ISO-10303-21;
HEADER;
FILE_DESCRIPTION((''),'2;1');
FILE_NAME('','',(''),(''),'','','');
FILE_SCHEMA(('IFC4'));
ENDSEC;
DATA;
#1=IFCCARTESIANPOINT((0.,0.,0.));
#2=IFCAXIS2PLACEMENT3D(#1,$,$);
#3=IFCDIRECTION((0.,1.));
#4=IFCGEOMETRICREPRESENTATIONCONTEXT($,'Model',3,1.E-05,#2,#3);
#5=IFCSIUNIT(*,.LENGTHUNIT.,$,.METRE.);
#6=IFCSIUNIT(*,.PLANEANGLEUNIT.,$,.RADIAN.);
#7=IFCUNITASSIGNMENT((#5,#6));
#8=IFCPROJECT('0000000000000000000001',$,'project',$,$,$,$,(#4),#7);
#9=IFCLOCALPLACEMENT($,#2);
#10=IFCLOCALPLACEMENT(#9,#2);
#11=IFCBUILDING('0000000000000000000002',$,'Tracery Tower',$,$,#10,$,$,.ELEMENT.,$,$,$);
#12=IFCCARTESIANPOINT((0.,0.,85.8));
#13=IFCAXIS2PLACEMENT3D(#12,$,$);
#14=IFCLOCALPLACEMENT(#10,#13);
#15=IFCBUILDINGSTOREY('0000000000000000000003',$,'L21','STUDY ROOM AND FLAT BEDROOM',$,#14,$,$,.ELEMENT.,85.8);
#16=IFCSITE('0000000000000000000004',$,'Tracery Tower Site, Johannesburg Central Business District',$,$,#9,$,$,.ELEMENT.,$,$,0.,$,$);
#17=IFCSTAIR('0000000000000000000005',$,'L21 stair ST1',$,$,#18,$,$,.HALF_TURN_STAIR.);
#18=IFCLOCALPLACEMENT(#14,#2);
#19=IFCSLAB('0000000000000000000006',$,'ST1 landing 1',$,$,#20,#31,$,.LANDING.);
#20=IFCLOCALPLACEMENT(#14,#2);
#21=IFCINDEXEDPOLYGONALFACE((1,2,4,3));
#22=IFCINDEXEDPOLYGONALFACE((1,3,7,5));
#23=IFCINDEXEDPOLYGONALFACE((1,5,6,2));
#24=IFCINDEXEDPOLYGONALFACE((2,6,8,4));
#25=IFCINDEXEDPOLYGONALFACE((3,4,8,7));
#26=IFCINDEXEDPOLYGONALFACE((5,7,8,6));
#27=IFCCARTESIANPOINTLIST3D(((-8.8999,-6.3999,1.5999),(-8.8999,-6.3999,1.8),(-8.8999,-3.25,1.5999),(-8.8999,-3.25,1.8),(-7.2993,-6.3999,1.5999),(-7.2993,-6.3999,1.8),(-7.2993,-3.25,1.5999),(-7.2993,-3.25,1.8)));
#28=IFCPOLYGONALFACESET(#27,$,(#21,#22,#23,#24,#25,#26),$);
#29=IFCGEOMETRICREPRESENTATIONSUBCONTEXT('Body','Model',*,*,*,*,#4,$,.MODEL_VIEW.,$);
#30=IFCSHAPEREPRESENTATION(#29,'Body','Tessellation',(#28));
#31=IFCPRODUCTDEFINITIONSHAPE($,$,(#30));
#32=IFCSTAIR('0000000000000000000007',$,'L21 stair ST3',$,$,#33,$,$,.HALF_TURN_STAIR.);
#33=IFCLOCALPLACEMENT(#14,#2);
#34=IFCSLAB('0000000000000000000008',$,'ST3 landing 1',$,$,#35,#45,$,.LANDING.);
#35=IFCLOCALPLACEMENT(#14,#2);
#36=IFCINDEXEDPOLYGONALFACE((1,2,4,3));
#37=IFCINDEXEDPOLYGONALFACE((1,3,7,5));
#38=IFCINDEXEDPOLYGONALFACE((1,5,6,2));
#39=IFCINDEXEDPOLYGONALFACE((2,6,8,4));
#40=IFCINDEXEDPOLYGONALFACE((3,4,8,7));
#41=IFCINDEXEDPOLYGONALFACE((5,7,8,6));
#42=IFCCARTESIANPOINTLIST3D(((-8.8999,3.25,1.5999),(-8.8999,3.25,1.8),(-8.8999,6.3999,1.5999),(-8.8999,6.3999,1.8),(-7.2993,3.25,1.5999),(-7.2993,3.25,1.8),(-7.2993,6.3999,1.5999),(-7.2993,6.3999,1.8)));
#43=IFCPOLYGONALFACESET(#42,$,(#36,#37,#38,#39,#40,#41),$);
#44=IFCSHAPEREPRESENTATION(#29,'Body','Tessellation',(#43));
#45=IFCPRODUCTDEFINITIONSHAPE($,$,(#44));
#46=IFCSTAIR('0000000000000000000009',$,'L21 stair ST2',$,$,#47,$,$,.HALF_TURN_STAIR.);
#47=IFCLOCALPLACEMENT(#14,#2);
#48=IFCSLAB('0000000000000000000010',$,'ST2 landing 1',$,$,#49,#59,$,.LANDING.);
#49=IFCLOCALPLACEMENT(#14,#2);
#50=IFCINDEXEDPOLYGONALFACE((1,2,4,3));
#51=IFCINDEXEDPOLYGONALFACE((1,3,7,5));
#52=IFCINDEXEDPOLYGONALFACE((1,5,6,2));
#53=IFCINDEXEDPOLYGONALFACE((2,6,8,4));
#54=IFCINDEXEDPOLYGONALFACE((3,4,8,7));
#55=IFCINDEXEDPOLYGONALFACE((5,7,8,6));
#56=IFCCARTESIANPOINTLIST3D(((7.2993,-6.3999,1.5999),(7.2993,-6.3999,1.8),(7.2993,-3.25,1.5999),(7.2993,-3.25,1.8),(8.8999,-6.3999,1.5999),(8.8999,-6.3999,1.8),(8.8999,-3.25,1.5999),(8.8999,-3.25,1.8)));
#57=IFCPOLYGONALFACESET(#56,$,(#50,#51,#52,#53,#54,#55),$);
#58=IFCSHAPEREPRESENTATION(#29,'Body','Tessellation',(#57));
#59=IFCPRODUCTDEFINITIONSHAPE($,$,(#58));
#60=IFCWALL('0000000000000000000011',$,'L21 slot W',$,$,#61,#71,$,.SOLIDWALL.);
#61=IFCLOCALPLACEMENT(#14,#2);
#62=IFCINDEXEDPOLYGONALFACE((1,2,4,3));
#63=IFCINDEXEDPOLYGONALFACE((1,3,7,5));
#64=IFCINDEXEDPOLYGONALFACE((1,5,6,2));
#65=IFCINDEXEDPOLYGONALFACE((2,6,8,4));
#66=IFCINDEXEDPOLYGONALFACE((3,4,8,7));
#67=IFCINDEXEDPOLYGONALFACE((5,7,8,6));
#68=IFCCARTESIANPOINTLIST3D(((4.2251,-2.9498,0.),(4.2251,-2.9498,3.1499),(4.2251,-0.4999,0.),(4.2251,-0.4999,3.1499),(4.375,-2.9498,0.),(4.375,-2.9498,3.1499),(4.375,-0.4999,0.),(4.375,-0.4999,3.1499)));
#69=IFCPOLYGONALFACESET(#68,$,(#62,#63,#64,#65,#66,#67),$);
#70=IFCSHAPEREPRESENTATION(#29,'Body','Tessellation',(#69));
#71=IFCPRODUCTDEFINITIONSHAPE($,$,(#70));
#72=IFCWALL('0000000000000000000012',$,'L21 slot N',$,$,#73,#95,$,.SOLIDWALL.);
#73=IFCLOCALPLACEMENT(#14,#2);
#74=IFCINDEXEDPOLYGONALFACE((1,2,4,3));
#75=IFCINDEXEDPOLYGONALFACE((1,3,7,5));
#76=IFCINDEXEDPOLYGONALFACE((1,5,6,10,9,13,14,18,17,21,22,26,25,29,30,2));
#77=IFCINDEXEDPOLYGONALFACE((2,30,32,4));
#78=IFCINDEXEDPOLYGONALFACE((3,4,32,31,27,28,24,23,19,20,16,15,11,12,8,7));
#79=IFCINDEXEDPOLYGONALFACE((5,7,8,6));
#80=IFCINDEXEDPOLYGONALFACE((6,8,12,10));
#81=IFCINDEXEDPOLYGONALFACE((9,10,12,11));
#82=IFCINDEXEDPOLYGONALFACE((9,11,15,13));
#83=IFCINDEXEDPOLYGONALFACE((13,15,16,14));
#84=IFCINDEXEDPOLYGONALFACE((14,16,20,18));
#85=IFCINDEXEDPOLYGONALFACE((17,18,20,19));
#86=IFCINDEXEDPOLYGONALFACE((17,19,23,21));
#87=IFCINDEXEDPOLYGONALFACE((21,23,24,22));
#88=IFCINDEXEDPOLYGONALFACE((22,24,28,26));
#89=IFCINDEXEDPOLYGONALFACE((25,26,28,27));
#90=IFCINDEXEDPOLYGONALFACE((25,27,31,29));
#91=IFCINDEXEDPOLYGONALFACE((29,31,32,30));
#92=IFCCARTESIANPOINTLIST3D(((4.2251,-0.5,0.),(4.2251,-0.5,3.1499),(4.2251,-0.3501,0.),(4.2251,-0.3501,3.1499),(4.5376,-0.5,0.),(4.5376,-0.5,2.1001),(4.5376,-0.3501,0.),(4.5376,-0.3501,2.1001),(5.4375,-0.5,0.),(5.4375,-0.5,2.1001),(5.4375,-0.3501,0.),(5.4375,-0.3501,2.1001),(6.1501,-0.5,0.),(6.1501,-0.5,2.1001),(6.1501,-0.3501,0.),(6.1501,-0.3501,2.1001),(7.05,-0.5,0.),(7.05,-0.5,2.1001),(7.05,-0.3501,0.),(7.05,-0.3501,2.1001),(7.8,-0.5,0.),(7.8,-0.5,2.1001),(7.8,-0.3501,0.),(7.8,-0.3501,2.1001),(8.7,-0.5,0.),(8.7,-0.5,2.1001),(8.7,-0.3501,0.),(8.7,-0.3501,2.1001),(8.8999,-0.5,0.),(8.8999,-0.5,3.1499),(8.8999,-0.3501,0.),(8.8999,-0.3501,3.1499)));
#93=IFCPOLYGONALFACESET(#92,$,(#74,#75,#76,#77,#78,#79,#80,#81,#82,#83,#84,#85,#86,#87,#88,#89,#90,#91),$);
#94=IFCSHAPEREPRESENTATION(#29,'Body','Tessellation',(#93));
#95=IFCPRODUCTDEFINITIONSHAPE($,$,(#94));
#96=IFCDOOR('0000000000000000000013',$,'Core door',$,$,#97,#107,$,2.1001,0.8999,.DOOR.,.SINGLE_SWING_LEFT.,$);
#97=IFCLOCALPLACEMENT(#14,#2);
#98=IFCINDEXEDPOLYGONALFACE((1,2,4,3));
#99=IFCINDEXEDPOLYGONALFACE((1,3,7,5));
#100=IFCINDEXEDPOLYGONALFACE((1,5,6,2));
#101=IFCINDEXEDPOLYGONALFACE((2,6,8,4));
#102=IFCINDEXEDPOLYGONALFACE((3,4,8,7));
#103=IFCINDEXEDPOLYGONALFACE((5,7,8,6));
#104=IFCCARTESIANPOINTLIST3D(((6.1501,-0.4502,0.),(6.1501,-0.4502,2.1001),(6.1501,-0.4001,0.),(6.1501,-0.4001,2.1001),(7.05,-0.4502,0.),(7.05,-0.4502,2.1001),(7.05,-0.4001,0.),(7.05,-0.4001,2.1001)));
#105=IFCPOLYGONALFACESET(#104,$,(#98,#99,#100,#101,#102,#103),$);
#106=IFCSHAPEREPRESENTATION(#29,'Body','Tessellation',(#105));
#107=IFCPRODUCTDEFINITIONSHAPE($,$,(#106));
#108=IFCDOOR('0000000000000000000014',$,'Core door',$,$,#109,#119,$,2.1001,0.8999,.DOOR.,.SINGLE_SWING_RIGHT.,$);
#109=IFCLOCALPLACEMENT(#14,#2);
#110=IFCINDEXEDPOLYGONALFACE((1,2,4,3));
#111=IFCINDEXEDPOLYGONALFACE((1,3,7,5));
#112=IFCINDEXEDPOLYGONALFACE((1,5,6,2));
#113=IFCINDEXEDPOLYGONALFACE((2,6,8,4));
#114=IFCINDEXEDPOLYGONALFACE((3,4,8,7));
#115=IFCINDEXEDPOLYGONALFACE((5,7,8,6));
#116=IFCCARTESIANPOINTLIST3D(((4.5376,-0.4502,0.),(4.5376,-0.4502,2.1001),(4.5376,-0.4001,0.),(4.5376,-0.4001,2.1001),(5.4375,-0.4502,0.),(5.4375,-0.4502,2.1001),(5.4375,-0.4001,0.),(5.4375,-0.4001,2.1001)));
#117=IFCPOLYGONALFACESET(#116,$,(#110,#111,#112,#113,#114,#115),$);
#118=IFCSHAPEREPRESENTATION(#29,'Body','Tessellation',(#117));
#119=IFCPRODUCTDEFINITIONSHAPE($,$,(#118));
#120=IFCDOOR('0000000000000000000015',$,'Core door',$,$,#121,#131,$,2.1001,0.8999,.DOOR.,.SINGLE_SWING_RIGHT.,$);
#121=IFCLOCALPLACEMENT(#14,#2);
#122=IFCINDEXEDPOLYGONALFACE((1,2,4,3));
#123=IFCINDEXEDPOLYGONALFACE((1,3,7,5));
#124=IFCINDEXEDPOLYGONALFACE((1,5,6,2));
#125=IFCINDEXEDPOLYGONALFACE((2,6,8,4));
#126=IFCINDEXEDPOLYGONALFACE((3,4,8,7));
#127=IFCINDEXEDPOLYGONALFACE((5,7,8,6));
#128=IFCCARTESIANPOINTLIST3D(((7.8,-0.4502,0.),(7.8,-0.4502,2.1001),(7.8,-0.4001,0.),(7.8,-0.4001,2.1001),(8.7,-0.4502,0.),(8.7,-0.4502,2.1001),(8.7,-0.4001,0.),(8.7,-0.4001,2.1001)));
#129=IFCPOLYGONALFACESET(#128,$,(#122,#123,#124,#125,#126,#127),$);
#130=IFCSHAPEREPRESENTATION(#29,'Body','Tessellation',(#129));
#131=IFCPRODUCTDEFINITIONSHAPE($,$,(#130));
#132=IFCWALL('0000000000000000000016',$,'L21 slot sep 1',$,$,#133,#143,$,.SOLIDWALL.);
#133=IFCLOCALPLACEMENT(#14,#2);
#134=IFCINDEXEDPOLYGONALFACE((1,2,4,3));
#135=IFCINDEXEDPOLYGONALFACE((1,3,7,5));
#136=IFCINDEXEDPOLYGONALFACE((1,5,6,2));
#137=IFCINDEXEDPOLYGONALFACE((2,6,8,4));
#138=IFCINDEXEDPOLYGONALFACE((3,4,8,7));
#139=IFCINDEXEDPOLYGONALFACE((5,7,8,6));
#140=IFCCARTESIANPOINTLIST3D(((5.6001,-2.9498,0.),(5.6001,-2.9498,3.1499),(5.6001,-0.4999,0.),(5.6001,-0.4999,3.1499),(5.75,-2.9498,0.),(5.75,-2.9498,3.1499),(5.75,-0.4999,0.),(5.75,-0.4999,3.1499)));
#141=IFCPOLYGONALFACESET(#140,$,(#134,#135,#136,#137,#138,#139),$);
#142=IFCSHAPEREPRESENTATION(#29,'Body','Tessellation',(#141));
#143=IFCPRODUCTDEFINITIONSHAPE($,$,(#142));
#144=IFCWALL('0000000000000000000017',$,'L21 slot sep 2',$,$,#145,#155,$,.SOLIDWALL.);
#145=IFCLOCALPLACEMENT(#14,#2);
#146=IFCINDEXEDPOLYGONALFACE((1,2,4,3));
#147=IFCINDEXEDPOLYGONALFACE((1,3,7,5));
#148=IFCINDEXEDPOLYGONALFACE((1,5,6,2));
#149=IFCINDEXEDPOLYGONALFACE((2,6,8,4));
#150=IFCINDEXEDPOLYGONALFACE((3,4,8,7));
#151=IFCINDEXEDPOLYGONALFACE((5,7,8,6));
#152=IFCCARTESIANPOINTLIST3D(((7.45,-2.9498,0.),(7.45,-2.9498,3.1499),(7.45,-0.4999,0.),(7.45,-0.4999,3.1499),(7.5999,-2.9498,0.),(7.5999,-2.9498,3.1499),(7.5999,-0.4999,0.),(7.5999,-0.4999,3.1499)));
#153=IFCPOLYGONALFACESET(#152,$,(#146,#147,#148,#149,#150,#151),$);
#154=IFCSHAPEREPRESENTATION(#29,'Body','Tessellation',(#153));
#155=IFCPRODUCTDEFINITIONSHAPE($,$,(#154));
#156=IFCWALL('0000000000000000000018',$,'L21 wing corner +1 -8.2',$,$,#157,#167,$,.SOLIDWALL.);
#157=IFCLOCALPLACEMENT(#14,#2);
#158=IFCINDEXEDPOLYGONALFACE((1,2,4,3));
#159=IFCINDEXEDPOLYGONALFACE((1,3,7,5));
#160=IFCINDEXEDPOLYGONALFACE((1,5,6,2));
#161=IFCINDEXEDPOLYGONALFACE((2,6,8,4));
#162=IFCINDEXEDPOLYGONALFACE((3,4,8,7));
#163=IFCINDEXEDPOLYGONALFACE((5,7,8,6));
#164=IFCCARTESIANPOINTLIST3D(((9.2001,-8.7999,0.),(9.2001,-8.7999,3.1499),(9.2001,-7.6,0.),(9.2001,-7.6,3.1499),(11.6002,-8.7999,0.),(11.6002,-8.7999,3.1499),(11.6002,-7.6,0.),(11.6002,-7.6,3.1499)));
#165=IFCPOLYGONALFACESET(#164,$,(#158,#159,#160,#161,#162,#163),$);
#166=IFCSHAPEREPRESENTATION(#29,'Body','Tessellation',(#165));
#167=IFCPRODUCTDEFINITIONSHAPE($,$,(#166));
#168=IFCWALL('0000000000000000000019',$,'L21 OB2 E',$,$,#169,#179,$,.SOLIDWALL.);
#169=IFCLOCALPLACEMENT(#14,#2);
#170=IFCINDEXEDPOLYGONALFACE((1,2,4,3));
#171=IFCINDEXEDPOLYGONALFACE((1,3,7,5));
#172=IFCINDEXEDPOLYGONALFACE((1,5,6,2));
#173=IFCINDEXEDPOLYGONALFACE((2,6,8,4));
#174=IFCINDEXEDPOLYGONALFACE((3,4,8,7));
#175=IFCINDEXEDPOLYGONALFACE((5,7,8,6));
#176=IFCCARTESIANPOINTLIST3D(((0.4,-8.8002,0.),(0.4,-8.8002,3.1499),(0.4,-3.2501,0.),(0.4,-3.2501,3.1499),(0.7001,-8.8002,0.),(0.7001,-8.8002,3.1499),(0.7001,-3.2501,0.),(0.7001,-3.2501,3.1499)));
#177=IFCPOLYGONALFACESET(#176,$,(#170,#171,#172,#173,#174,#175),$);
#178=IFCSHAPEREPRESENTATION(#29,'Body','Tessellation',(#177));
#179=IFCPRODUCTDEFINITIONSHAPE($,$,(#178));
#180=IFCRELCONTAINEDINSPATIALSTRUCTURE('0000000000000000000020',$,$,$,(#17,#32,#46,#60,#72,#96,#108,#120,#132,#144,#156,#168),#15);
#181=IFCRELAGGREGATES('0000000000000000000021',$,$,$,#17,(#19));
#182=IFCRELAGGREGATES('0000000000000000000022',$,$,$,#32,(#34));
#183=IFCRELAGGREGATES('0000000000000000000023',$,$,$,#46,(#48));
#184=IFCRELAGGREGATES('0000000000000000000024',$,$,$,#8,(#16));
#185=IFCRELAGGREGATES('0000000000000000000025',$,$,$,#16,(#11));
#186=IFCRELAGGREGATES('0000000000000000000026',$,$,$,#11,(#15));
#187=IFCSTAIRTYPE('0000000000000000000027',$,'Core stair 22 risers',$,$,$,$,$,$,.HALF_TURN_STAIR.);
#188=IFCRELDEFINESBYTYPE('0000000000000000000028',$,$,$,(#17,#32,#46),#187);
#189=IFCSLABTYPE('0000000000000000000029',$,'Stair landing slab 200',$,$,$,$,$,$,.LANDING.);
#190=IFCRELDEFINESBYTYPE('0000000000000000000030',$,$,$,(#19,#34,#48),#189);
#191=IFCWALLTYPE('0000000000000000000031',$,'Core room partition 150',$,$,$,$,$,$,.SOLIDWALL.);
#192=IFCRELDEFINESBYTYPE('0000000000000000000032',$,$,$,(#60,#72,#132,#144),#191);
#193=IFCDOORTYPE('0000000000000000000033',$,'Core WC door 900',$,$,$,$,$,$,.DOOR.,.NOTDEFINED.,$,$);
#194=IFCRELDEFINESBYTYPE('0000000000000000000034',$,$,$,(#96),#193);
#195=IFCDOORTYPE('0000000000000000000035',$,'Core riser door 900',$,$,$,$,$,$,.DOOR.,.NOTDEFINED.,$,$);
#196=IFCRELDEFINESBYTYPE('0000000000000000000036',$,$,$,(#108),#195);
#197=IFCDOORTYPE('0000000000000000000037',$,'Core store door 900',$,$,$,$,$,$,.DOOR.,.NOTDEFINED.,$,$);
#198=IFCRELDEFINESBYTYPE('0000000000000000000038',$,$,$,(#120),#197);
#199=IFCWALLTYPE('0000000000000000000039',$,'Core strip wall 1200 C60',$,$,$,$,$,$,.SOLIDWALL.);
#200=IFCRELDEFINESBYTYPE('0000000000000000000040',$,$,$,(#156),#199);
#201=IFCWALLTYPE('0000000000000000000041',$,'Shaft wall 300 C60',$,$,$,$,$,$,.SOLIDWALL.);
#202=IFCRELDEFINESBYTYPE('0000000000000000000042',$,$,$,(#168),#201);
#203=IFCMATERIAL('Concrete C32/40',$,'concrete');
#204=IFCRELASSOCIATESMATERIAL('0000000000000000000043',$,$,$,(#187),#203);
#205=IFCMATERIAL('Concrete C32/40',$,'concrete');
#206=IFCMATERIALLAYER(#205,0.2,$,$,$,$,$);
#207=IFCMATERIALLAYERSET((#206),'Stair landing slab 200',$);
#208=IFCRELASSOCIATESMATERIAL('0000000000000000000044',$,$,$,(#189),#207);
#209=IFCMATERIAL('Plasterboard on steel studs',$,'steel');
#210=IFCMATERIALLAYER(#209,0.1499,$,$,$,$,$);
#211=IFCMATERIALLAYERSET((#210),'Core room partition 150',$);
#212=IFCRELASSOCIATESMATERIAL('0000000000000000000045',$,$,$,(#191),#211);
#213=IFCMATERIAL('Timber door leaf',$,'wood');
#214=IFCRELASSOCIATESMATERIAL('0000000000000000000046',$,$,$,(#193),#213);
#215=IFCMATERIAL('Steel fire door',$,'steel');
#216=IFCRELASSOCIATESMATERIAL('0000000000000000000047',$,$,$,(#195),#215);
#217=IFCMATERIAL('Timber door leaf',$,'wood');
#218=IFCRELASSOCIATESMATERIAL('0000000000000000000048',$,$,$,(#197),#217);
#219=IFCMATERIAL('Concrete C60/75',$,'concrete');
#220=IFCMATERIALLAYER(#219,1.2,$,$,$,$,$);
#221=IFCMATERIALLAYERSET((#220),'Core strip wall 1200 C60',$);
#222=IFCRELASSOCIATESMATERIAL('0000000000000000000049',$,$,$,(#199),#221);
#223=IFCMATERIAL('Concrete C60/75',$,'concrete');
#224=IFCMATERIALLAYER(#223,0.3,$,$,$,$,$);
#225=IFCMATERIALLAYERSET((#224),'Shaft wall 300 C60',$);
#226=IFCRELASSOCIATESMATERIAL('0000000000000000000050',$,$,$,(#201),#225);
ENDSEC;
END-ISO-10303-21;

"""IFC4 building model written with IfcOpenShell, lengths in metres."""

from ifc_helpers import new_model, si_unit, direction, frame, frame_2d, origin, place, context, subcontext, project, spatial, polyline, rectangle, outline, extrude, material, layer, layer_set, type_object, element, fill, aggregate, save


model = new_model("IFC4")

# Units and contexts
model_context = context("Model", 3, precision=1e-05, world=origin(), true_north=direction((0.0, 1.0)))
body_context = subcontext(model_context, "Body", "Model", "MODEL_VIEW")
ifc_project = project(units=[si_unit("LENGTHUNIT", "METRE"), si_unit("PLANEANGLEUNIT", "RADIAN")], contexts=[model_context])

# Site, building, storey
site_placement = place(None, origin())
site = spatial("IfcSite", under=ifc_project, at=site_placement, Name="Tracery Tower Site, Johannesburg Central Business District", CompositionType="ELEMENT", RefElevation=0.0)
building_placement = place(site_placement, origin())
building = spatial("IfcBuilding", under=site, at=building_placement, Name="Tracery Tower", CompositionType="ELEMENT")
storey_placement = place(building_placement, frame((0.0, 0.0, 85.8)))
storey = spatial("IfcBuildingStorey", under=building, at=storey_placement, Name="L21", Description="STUDY ROOM AND FLAT BEDROOM", CompositionType="ELEMENT", Elevation=85.8)

# Stairs, slabs
ifc_material_1 = material(Name="Concrete C32/40", Category="concrete")
stair_type = type_object("IfcStairType", Name="Core stair 22 risers", PredefinedType="HALF_TURN_STAIR", material=ifc_material_1)
stair_1_placement = place(storey_placement, origin())
stair_1 = element("IfcStair", 1, at=stair_1_placement, inside=storey, type_object=stair_type, Name="L21 stair ST1", PredefinedType="HALF_TURN_STAIR")
ifc_material_2 = material(Name="Concrete C32/40", Category="concrete")
ifc_layer_1 = layer(ifc_material_2, 0.2)
ifc_layer_set_1 = layer_set([ifc_layer_1], Name="Stair landing slab 200")
slab_type_1 = type_object("IfcSlabType", Name="Stair landing slab 200", PredefinedType="LANDING", material=ifc_layer_set_1)
slab_1_placement = place(storey_placement, frame((0.0, 0.0, 1.5999)))
slab_1 = element("IfcSlab", 2, at=slab_1_placement, type_object=slab_type_1, Name="ST1 landing 1", PredefinedType="LANDING", context=body_context, shape_type="SweptSolid", body=[
    extrude(outline(polyline([(-7.2993, -3.25), (-8.8999, -3.25), (-8.8999, -6.3999), (-7.2993, -6.3999), (-7.2993, -3.25)])), origin(), (0.0, 0.0, 1.0), 0.2002),
])
aggregate(stair_1, [slab_1])
stair_2_placement = place(storey_placement, origin())
stair_2 = element("IfcStair", 3, at=stair_2_placement, inside=storey, type_object=stair_type, Name="L21 stair ST3", PredefinedType="HALF_TURN_STAIR")
slab_2_placement = place(storey_placement, frame((0.0, 0.0, 1.5999)))
slab_2 = element("IfcSlab", 4, at=slab_2_placement, type_object=slab_type_1, Name="ST3 landing 1", PredefinedType="LANDING", context=body_context, shape_type="SweptSolid", body=[
    extrude(outline(polyline([(-7.2993, 6.3999), (-8.8999, 6.3999), (-8.8999, 3.25), (-7.2993, 3.25), (-7.2993, 6.3999)])), origin(), (0.0, 0.0, 1.0), 0.2002),
])
aggregate(stair_2, [slab_2])
stair_3_placement = place(storey_placement, origin())
stair_3 = element("IfcStair", 5, at=stair_3_placement, inside=storey, type_object=stair_type, Name="L21 stair ST2", PredefinedType="HALF_TURN_STAIR")
slab_3_placement = place(storey_placement, frame((0.0, 0.0, 1.5999)))
slab_3 = element("IfcSlab", 6, at=slab_3_placement, type_object=slab_type_1, Name="ST2 landing 1", PredefinedType="LANDING", context=body_context, shape_type="SweptSolid", body=[
    extrude(outline(polyline([(7.2993, -6.3999), (8.8999, -6.3999), (8.8999, -3.25), (7.2993, -3.25), (7.2993, -6.3999)])), origin(), (0.0, 0.0, 1.0), 0.2002),
])

# Wall
ifc_material_3 = material(Name="Plasterboard on steel studs", Category="steel")
ifc_layer_2 = layer(ifc_material_3, 0.1499)
ifc_layer_set_2 = layer_set([ifc_layer_2], Name="Core room partition 150")
wall_type_1 = type_object("IfcWallType", Name="Core room partition 150", PredefinedType="SOLIDWALL", material=ifc_layer_set_2)
wall_1_placement = place(storey_placement, frame((4.3, -2.95, 0.0), z_axis=(0.0, 0.0, 1.0), x_axis=(0.0, 1.0, 0.0)))
element("IfcWall", 7, at=wall_1_placement, inside=storey, type_object=wall_type_1, Name="L21 slot W", PredefinedType="SOLIDWALL", context=body_context, shape_type="SweptSolid", body=[
    extrude(rectangle(XDim=2.45, YDim=0.1499, at=frame_2d((1.2251, 0.0))), origin(), (0.0, 0.0, 1.0), 3.1499),
])

# Wall, openings, doors
wall_2_placement = place(storey_placement, frame((4.2251, -0.425, 0.0), z_axis=(0.0, 0.0, 1.0), x_axis=(1.0, 0.0, 0.0)))
wall_2 = element("IfcWall", 8, at=wall_2_placement, inside=storey, type_object=wall_type_1, Name="L21 slot N", PredefinedType="SOLIDWALL", context=body_context, shape_type="SweptSolid", body=[
    extrude(rectangle(XDim=4.6748, YDim=0.1499, at=frame_2d((2.3374, 0.0))), origin(), (0.0, 0.0, 1.0), 3.1499),
])
opening_1_placement = place(wall_2_placement, frame((0.3125, 0.0, 0.0)))
opening_1 = element("IfcOpeningElement", 9, at=opening_1_placement, cuts=wall_2, PredefinedType="OPENING", context=body_context, shape_type="SweptSolid", body=[
    extrude(rectangle(XDim=0.8999, YDim=2.1001, at=frame_2d((0.45, 1.05))), frame((0.0, 0.075, 0.0), z_axis=(0.0, -1.0, 0.0), x_axis=(1.0, 0.0, 0.0)), (0.0, 0.0, 1.0), 0.1499),
])
opening_2_placement = place(wall_2_placement, frame((1.925, 0.0, 0.0)))
opening_2 = element("IfcOpeningElement", 10, at=opening_2_placement, cuts=wall_2, PredefinedType="OPENING", context=body_context, shape_type="SweptSolid", body=[
    extrude(rectangle(XDim=0.8999, YDim=2.1001, at=frame_2d((0.45, 1.05))), frame((0.0, 0.075, 0.0), z_axis=(0.0, -1.0, 0.0), x_axis=(1.0, 0.0, 0.0)), (0.0, 0.0, 1.0), 0.1499),
])
opening_3_placement = place(wall_2_placement, frame((3.575, 0.0, 0.0)))
opening_3 = element("IfcOpeningElement", 11, at=opening_3_placement, cuts=wall_2, PredefinedType="OPENING", context=body_context, shape_type="SweptSolid", body=[
    extrude(rectangle(XDim=0.8999, YDim=2.1001, at=frame_2d((0.45, 1.05))), frame((0.0, 0.075, 0.0), z_axis=(0.0, -1.0, 0.0), x_axis=(1.0, 0.0, 0.0)), (0.0, 0.0, 1.0), 0.1499),
])
ifc_material_4 = material(Name="Timber door leaf", Category="wood")
door_type_1 = type_object("IfcDoorType", Name="Core WC door 900", OperationType="NOTDEFINED", PredefinedType="DOOR", material=ifc_material_4)
door_1_placement = place(opening_2_placement, origin())
door_1 = element("IfcDoor", 12, at=door_1_placement, inside=storey, type_object=door_type_1, Name="Core door", OperationType="SINGLE_SWING_LEFT", OverallHeight=2.1001, OverallWidth=0.8999, PredefinedType="DOOR", context=body_context, shape_type="SweptSolid", body=[
    extrude(rectangle(XDim=0.8999, YDim=2.1001, at=frame_2d((0.45, 1.05))), frame((0.0, 0.0249, 0.0), z_axis=(0.0, -1.0, 0.0), x_axis=(1.0, 0.0, 0.0)), (0.0, 0.0, 1.0), 0.05),
])
fill(opening_2, door_1)
ifc_material_5 = material(Name="Steel fire door", Category="steel")
door_type_2 = type_object("IfcDoorType", Name="Core riser door 900", OperationType="NOTDEFINED", PredefinedType="DOOR", material=ifc_material_5)
door_2_placement = place(opening_1_placement, origin())
door_2 = element("IfcDoor", 13, at=door_2_placement, inside=storey, type_object=door_type_2, Name="Core door", OperationType="SINGLE_SWING_RIGHT", OverallHeight=2.1001, OverallWidth=0.8999, PredefinedType="DOOR", context=body_context, shape_type="SweptSolid", body=[
    extrude(rectangle(XDim=0.8999, YDim=2.1001, at=frame_2d((0.45, 1.05))), frame((0.0, 0.0249, 0.0), z_axis=(0.0, -1.0, 0.0), x_axis=(1.0, 0.0, 0.0)), (0.0, 0.0, 1.0), 0.05),
])
fill(opening_1, door_2)
ifc_material_6 = material(Name="Timber door leaf", Category="wood")
door_type_3 = type_object("IfcDoorType", Name="Core store door 900", OperationType="NOTDEFINED", PredefinedType="DOOR", material=ifc_material_6)
door_3_placement = place(opening_3_placement, origin())
door_3 = element("IfcDoor", 14, at=door_3_placement, inside=storey, type_object=door_type_3, Name="Core door", OperationType="SINGLE_SWING_RIGHT", OverallHeight=2.1001, OverallWidth=0.8999, PredefinedType="DOOR", context=body_context, shape_type="SweptSolid", body=[
    extrude(rectangle(XDim=0.8999, YDim=2.1001, at=frame_2d((0.45, 1.05))), frame((0.0, 0.0249, 0.0), z_axis=(0.0, -1.0, 0.0), x_axis=(1.0, 0.0, 0.0)), (0.0, 0.0, 1.0), 0.05),
])
fill(opening_3, door_3)

# Walls
for number, where, z_axis, x_axis, name in (
    (15, (5.675, -2.95, 0.0), (0.0, 0.0, 1.0), (0.0, 1.0, 0.0), "L21 slot sep 1"),
    (16, (7.5249, -2.95, 0.0), (0.0, 0.0, 1.0), (0.0, 1.0, 0.0), "L21 slot sep 2"),
):
    element("IfcWall", number, at=place(storey_placement, frame(where, z_axis=z_axis, x_axis=x_axis)), inside=storey, type_object=wall_type_1, Name=name, PredefinedType="SOLIDWALL", context=body_context, shape_type="SweptSolid", body=[
        extrude(rectangle(XDim=2.45, YDim=0.1499, at=frame_2d((1.2251, 0.0))), origin(), (0.0, 0.0, 1.0), 3.1499),
    ])
ifc_material_7 = material(Name="Concrete C60/75", Category="concrete")
ifc_layer_3 = layer(ifc_material_7, 1.2)
ifc_layer_set_3 = layer_set([ifc_layer_3], Name="Core strip wall 1200 C60")
wall_type_2 = type_object("IfcWallType", Name="Core strip wall 1200 C60", PredefinedType="SOLIDWALL", material=ifc_layer_set_3)
wall_3_placement = place(storey_placement, frame((9.2, -8.2, 0.0), z_axis=(0.0, 0.0, 1.0), x_axis=(1.0, 0.0, 0.0)))
element("IfcWall", 17, at=wall_3_placement, inside=storey, type_object=wall_type_2, Name="L21 wing corner +1 -8.2", PredefinedType="SOLIDWALL", context=body_context, shape_type="SweptSolid", body=[
    extrude(rectangle(XDim=2.4001, YDim=1.2, at=frame_2d((1.2002, 0.0))), origin(), (0.0, 0.0, 1.0), 3.1499),
])
ifc_material_8 = material(Name="Concrete C60/75", Category="concrete")
ifc_layer_4 = layer(ifc_material_8, 0.3)
ifc_layer_set_4 = layer_set([ifc_layer_4], Name="Shaft wall 300 C60")
wall_type_3 = type_object("IfcWallType", Name="Shaft wall 300 C60", PredefinedType="SOLIDWALL", material=ifc_layer_set_4)
wall_4_placement = place(storey_placement, frame((0.55, -8.8, 0.0), z_axis=(0.0, 0.0, 1.0), x_axis=(0.0, 1.0, 0.0)))
element("IfcWall", 18, at=wall_4_placement, inside=storey, type_object=wall_type_3, Name="L21 OB2 E", PredefinedType="SOLIDWALL", context=body_context, shape_type="SweptSolid", body=[
    extrude(rectangle(XDim=5.55, YDim=0.3, at=frame_2d((2.7749, 0.0))), origin(), (0.0, 0.0, 1.0), 3.1499),
])

aggregate(stair_3, [slab_3])

save(model, "model.ifc")
